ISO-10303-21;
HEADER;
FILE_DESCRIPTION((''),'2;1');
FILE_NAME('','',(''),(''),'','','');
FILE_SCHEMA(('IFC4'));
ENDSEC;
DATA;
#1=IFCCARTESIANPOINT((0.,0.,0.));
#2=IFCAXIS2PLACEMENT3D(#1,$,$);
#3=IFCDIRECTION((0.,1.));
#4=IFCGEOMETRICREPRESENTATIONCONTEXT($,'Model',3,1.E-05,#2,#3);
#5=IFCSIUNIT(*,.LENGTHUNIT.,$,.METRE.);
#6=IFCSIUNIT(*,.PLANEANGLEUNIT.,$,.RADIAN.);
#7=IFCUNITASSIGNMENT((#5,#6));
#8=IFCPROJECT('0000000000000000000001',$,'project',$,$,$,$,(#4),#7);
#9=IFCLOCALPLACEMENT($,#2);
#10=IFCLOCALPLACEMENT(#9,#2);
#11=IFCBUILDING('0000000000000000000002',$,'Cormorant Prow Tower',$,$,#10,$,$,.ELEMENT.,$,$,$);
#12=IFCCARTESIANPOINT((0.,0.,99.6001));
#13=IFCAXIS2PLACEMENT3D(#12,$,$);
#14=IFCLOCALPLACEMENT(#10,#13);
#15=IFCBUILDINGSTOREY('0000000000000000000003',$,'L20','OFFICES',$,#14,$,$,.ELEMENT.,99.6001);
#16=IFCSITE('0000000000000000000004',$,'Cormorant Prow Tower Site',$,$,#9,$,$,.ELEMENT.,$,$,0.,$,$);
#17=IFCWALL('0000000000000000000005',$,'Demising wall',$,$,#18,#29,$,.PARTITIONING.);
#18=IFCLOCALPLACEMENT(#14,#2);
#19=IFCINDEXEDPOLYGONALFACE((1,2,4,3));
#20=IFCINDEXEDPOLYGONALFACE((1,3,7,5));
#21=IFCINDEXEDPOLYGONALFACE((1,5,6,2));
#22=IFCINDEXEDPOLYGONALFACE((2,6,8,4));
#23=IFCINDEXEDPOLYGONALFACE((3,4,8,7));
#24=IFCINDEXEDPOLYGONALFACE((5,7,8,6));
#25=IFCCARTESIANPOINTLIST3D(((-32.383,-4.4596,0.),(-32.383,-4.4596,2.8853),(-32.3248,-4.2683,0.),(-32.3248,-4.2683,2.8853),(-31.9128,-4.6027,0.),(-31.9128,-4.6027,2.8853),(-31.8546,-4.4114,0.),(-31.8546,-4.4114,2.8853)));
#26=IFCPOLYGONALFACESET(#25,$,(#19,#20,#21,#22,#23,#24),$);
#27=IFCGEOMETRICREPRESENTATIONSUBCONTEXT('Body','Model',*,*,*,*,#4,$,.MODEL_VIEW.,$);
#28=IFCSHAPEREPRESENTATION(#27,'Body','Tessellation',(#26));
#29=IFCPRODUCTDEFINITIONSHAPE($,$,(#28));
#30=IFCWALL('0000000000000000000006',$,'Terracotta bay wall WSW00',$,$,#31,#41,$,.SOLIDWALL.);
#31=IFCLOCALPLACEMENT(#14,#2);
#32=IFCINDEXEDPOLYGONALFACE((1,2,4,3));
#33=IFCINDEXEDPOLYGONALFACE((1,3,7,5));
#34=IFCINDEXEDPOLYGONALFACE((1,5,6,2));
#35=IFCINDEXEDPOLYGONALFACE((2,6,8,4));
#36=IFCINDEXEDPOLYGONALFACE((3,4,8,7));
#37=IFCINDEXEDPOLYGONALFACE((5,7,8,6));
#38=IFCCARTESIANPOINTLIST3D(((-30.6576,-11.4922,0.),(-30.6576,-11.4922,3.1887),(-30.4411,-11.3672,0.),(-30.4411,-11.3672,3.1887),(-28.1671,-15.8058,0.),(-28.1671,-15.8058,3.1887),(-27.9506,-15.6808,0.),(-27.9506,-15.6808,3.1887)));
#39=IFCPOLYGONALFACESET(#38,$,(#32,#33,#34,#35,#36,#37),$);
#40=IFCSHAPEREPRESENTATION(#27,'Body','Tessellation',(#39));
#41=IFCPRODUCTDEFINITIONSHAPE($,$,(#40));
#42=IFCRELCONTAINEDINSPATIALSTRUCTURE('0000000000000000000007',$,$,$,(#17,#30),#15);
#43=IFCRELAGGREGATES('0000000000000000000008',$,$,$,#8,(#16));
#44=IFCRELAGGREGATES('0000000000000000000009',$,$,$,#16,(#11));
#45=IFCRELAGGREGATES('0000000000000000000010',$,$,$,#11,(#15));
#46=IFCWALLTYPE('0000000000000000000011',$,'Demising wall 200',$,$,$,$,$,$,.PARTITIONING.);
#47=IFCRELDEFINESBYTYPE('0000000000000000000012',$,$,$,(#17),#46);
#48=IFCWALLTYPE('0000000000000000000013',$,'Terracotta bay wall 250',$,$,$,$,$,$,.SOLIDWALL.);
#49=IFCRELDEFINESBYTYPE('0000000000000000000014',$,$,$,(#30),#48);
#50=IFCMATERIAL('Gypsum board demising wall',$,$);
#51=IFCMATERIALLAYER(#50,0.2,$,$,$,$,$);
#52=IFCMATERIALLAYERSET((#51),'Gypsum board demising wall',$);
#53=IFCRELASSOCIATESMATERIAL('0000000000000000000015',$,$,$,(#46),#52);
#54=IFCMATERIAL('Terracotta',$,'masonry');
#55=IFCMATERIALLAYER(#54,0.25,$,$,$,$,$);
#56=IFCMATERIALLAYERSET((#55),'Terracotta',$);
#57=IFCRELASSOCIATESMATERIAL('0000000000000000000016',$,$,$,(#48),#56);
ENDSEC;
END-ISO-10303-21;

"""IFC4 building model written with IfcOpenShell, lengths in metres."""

from ifc_helpers import new_model, si_unit, direction, frame, frame_2d, origin, place, context, subcontext, project, spatial, rectangle, extrude, material, layer, layer_set, type_object, element, save


model = new_model("IFC4")

# Units and contexts
model_context = context("Model", 3, precision=1e-05, world=origin(), true_north=direction((0.0, 1.0)))
body_context = subcontext(model_context, "Body", "Model", "MODEL_VIEW")
ifc_project = project(units=[si_unit("LENGTHUNIT", "METRE"), si_unit("PLANEANGLEUNIT", "RADIAN")], contexts=[model_context])

# Site, building, storey
site_placement = place(None, origin())
site = spatial("IfcSite", under=ifc_project, at=site_placement, Name="Cormorant Prow Tower Site", CompositionType="ELEMENT", RefElevation=0.0)
building_placement = place(site_placement, origin())
building = spatial("IfcBuilding", under=site, at=building_placement, Name="Cormorant Prow Tower", CompositionType="ELEMENT")
storey_placement = place(building_placement, frame((0.0, 0.0, 99.6001)))
storey = spatial("IfcBuildingStorey", under=building, at=storey_placement, Name="L20", Description="OFFICES", CompositionType="ELEMENT", Elevation=99.6001)

# Walls
ifc_material_1 = material(Name="Gypsum board demising wall")
ifc_layer_1 = layer(ifc_material_1, 0.2)
ifc_layer_set_1 = layer_set([ifc_layer_1], Name="Gypsum board demising wall")
wall_type_1 = type_object("IfcWallType", Name="Demising wall 200", PredefinedType="PARTITIONING", material=ifc_layer_set_1)
wall_1_placement = place(storey_placement, frame((-32.3538, -4.364, 0.0), z_axis=(0.0, 0.0, 1.0), x_axis=(0.956698, -0.291083, 0.0)))
element("IfcWall", 1, at=wall_1_placement, inside=storey, type_object=wall_type_1, Name="Demising wall", PredefinedType="PARTITIONING", context=body_context, shape_type="SweptSolid", body=[
    extrude(rectangle(XDim=0.4915, YDim=0.2, at=frame_2d((0.2456, 0.0))), origin(), (0.0, 0.0, 1.0), 2.8853),
])
ifc_material_2 = material(Name="Terracotta", Category="masonry")
ifc_layer_2 = layer(ifc_material_2, 0.25)
ifc_layer_set_2 = layer_set([ifc_layer_2], Name="Terracotta")
wall_type_2 = type_object("IfcWallType", Name="Terracotta bay wall 250", PredefinedType="SOLIDWALL", material=ifc_layer_set_2)
wall_2_placement = place(storey_placement, frame((-30.5493, -11.4297, 0.0), z_axis=(0.0, 0.0, 1.0), x_axis=(0.499993, -0.86603, 0.0)))
element("IfcWall", 2, at=wall_2_placement, inside=storey, type_object=wall_type_2, Name="Terracotta bay wall WSW00", PredefinedType="SOLIDWALL", context=body_context, shape_type="SweptSolid", body=[
    extrude(rectangle(XDim=4.981, YDim=0.25, at=frame_2d((2.4905, 0.0))), origin(), (0.0, 0.0, 1.0), 3.1887),
])

save(model, "model.ifc")
